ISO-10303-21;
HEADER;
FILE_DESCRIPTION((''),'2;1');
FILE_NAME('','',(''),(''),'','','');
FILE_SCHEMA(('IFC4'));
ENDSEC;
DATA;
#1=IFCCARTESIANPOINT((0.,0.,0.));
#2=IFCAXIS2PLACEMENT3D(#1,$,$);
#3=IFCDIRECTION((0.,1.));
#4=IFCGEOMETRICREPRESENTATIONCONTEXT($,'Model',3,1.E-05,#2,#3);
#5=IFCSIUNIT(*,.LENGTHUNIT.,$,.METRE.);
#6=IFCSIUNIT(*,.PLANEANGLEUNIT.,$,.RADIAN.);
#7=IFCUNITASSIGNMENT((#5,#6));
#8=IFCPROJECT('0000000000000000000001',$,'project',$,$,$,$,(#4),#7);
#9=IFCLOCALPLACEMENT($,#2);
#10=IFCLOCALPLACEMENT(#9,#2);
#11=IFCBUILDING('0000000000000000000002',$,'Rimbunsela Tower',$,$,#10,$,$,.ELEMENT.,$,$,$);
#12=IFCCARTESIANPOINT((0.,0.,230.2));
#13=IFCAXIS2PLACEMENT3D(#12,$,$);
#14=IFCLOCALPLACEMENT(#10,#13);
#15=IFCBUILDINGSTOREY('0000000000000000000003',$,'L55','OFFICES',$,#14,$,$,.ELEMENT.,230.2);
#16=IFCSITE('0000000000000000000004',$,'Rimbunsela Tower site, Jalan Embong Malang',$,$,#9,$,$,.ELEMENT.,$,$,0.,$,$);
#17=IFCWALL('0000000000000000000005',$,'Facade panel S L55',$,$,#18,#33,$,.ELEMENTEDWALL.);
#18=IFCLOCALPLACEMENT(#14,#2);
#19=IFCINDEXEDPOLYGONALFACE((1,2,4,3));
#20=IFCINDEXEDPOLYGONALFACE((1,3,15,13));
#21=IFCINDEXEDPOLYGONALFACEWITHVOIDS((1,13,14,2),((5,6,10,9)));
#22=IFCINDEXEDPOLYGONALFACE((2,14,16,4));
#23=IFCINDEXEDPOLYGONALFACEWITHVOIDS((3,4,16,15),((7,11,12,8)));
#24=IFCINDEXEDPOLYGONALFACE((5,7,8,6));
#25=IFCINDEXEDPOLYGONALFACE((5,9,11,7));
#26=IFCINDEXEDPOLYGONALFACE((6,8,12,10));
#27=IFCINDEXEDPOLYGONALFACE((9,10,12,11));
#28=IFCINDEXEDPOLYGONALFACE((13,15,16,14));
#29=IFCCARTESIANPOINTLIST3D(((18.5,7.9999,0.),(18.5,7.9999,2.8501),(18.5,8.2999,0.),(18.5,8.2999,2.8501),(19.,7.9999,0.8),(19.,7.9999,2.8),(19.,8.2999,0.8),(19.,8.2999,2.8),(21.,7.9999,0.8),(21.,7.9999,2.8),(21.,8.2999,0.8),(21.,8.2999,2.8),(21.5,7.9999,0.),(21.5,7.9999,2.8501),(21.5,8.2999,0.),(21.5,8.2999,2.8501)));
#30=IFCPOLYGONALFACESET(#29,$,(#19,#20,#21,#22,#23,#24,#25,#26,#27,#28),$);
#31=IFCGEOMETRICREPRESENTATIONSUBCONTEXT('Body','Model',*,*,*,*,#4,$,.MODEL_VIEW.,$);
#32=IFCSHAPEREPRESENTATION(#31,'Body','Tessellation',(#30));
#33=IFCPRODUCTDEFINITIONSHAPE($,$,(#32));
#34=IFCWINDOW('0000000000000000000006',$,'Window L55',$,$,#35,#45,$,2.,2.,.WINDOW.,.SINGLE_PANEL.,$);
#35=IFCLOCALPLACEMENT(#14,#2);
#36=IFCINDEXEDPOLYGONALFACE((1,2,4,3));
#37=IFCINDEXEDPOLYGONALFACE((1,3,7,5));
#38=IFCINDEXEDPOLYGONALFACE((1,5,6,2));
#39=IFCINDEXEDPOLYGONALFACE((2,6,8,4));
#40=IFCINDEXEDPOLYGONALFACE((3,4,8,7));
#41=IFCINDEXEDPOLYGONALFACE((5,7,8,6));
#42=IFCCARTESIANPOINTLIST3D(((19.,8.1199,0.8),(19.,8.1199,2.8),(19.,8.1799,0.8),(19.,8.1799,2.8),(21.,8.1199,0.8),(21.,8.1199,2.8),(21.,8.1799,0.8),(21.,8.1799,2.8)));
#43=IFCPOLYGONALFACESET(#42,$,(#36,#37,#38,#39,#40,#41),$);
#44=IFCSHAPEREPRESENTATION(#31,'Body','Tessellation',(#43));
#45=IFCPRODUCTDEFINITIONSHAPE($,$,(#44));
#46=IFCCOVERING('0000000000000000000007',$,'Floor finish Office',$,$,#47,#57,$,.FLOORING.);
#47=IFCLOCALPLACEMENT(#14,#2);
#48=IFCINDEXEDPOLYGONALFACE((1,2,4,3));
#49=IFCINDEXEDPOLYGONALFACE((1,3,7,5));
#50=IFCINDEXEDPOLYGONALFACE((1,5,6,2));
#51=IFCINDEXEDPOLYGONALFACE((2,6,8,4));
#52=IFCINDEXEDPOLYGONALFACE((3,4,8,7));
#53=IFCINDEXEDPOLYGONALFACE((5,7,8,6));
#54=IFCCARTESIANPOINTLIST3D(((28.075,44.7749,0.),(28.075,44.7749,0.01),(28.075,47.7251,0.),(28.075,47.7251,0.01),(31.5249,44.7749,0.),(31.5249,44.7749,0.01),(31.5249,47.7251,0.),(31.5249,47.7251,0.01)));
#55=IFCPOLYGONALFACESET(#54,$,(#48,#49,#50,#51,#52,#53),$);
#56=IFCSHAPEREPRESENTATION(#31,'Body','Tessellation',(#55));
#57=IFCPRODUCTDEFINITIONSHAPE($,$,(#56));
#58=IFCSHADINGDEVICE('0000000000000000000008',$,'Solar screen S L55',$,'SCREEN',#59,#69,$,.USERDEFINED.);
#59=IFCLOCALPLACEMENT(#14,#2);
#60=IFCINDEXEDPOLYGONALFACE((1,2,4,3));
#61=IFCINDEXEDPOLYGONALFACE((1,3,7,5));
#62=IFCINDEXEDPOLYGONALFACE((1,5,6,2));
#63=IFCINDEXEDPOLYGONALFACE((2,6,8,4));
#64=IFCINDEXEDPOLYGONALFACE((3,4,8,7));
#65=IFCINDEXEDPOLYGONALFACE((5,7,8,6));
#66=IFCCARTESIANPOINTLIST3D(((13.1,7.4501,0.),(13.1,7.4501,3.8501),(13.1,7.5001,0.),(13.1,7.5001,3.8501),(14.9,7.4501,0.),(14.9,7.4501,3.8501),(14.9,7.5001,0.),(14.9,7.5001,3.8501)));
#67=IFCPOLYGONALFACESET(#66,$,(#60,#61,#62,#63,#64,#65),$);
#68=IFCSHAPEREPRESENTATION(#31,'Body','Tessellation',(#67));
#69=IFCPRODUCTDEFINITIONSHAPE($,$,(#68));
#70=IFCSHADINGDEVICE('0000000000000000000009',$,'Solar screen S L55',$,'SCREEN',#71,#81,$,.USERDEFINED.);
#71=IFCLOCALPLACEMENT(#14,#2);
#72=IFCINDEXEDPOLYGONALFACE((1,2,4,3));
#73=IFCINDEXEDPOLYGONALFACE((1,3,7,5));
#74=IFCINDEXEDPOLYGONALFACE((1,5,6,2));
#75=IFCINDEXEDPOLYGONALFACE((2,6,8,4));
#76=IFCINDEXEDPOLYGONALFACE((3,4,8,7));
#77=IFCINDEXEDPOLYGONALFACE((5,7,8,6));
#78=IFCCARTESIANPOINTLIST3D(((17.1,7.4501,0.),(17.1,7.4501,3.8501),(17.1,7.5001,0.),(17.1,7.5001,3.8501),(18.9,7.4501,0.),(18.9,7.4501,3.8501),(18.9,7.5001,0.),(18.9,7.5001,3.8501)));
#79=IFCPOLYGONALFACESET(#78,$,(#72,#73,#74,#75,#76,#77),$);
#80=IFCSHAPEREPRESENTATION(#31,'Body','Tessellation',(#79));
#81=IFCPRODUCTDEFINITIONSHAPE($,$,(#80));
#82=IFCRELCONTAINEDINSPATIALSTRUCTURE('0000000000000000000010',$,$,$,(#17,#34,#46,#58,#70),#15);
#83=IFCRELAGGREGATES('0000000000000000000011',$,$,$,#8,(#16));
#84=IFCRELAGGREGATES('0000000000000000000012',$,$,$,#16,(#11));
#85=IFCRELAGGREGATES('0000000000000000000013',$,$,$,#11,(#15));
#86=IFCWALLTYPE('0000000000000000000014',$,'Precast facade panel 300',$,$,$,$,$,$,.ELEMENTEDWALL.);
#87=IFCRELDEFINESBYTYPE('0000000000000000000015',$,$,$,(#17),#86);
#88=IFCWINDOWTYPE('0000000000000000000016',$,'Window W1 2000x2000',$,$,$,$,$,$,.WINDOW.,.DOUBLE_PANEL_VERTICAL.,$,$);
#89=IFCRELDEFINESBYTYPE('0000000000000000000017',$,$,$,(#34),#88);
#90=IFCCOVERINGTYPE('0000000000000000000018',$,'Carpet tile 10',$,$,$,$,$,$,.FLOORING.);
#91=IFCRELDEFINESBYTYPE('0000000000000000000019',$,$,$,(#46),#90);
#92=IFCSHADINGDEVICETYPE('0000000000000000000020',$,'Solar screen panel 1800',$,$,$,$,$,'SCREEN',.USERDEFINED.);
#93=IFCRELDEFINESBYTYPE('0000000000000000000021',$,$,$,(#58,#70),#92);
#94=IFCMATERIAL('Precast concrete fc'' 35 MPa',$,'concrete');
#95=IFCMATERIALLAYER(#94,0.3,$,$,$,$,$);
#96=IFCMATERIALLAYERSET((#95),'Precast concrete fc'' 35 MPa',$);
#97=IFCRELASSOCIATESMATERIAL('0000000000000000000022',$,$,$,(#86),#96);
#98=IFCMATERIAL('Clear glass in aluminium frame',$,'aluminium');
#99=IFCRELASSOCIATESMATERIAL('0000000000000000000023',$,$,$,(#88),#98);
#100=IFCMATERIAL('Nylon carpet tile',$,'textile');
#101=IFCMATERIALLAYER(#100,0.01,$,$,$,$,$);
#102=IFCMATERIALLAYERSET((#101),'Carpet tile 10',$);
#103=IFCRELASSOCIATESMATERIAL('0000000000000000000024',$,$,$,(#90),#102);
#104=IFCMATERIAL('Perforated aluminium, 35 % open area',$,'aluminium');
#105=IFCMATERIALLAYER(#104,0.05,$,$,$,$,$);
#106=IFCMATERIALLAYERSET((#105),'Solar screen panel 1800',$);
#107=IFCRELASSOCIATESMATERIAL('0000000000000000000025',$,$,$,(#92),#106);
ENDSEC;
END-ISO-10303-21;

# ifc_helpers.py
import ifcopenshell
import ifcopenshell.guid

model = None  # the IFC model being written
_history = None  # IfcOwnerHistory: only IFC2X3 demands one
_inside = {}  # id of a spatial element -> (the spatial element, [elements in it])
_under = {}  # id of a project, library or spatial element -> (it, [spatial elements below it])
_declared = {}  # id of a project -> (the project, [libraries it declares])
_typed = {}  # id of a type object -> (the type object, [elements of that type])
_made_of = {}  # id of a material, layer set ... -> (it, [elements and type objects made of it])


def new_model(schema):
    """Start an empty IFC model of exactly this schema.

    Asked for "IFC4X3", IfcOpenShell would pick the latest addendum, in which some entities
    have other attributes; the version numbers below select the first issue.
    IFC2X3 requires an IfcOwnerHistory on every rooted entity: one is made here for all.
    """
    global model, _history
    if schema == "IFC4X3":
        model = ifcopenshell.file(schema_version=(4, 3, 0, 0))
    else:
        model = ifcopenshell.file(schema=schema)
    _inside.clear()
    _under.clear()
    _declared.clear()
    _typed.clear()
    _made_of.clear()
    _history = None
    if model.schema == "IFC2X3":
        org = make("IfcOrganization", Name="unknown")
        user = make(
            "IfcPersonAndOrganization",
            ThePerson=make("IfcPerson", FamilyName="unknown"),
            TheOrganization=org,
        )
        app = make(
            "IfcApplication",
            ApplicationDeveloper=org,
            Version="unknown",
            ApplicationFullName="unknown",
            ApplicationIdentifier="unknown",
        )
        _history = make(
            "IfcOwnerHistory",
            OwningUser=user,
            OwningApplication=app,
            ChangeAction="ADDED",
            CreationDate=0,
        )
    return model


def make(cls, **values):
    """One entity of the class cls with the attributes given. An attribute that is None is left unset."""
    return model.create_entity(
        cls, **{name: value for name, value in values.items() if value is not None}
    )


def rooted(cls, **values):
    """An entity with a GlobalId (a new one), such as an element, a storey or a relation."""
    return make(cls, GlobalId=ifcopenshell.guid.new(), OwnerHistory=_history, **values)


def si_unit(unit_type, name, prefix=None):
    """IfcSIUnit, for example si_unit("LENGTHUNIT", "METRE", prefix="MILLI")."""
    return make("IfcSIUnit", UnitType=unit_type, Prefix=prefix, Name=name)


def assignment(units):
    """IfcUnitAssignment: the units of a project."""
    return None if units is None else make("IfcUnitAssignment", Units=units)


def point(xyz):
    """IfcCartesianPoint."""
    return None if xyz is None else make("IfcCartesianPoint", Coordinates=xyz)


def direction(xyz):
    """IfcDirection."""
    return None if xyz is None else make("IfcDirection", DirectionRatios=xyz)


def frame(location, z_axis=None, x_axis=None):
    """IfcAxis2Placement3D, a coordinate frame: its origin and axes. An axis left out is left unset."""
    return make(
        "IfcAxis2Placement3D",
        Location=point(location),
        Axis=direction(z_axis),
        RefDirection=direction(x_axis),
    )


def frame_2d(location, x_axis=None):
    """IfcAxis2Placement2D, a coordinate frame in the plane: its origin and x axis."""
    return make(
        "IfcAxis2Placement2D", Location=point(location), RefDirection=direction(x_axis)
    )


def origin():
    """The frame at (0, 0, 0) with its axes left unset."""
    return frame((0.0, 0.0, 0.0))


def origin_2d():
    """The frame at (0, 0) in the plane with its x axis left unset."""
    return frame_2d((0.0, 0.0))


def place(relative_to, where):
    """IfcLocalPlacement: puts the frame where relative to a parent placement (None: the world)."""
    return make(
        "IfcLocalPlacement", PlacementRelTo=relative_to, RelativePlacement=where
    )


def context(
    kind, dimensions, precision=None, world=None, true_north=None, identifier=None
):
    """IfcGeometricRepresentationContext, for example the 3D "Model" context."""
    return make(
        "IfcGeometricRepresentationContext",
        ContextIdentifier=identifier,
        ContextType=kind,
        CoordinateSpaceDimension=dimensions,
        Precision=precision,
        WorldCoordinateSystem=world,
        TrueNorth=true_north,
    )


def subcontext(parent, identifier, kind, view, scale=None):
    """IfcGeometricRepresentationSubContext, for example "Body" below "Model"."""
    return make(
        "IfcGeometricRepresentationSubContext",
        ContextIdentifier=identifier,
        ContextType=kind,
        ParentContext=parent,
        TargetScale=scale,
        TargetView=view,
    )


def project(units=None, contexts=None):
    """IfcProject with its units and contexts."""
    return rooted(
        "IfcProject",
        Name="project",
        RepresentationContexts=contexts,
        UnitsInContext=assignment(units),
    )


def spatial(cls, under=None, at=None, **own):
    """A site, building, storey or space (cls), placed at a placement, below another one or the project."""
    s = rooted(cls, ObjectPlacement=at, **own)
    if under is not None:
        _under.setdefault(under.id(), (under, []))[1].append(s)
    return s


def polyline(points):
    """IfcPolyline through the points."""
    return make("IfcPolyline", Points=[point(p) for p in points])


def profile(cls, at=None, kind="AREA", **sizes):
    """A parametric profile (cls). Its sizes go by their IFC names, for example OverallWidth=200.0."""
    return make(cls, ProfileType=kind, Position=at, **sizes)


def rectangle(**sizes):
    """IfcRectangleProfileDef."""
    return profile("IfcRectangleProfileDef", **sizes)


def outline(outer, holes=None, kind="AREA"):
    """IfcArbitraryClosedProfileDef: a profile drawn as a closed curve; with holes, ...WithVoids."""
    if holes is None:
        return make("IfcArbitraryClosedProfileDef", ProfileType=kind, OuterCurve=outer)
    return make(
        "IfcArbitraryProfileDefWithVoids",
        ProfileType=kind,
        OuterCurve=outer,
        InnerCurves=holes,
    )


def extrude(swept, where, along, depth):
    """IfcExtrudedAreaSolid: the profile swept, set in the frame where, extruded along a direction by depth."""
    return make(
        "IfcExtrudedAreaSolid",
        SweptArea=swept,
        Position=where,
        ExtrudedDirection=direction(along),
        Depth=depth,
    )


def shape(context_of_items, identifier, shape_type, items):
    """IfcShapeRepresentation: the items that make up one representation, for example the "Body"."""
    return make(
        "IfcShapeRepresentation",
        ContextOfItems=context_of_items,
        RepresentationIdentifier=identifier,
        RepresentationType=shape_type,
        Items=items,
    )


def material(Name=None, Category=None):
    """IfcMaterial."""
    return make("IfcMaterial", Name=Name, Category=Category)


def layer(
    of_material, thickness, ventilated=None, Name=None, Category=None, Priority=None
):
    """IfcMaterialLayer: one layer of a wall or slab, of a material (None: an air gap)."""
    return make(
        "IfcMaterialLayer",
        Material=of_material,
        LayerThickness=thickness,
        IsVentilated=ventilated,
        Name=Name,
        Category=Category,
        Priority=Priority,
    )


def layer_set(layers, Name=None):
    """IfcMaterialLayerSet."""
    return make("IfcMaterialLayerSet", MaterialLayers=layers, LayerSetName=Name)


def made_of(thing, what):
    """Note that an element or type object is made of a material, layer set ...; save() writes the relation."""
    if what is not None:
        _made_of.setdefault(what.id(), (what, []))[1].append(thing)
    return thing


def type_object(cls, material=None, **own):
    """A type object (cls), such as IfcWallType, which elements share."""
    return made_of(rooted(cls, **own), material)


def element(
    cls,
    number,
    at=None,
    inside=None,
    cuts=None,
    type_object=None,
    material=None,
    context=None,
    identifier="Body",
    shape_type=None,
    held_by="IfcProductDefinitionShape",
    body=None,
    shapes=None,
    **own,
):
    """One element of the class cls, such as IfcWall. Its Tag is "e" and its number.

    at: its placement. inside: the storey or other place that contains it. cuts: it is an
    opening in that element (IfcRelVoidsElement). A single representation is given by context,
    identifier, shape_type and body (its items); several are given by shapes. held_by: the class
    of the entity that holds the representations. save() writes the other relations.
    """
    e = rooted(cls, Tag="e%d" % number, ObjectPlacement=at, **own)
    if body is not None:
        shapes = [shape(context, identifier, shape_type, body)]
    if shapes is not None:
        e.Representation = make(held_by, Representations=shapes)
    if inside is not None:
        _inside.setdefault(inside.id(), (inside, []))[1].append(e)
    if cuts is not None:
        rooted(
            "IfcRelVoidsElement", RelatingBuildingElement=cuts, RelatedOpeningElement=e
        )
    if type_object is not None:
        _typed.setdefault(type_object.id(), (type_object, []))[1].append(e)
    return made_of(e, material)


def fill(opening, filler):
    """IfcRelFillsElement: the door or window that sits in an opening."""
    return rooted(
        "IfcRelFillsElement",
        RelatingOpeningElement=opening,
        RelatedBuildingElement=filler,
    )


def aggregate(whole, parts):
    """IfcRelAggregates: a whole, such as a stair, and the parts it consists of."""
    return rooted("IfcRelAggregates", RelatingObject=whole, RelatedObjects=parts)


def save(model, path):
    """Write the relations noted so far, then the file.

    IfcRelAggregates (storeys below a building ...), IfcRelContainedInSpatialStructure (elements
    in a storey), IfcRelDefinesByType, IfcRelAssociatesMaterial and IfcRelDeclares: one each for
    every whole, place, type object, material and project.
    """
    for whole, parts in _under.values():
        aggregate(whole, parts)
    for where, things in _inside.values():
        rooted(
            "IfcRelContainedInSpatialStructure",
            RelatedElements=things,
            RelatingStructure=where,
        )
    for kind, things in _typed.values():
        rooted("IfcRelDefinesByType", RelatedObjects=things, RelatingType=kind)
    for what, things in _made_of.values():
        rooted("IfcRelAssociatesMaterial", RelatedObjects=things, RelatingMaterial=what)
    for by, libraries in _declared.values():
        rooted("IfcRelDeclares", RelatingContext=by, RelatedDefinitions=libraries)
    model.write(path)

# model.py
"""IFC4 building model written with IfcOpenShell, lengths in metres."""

from ifc_helpers import new_model, si_unit, direction, frame, frame_2d, origin, origin_2d, place, context, subcontext, project, spatial, polyline, rectangle, outline, extrude, material, layer, layer_set, type_object, element, fill, save


model = new_model("IFC4")

# Units and contexts
model_context = context("Model", 3, precision=1e-05, world=origin(), true_north=direction((0.0, 1.0)))
body_context = subcontext(model_context, "Body", "Model", "MODEL_VIEW")
ifc_project = project(units=[si_unit("LENGTHUNIT", "METRE"), si_unit("PLANEANGLEUNIT", "RADIAN")], contexts=[model_context])

# Site, building, storey
site_placement = place(None, origin())
site = spatial("IfcSite", under=ifc_project, at=site_placement, Name="Rimbunsela Tower site, Jalan Embong Malang", CompositionType="ELEMENT", RefElevation=0.0)
building_placement = place(site_placement, origin())
building = spatial("IfcBuilding", under=site, at=building_placement, Name="Rimbunsela Tower", CompositionType="ELEMENT")
storey_placement = place(building_placement, frame((0.0, 0.0, 230.2)))
storey = spatial("IfcBuildingStorey", under=building, at=storey_placement, Name="L55", Description="OFFICES", CompositionType="ELEMENT", Elevation=230.2)

# Shared definitions
ifc_material_1 = material(Name="Precast concrete fc' 35 MPa", Category="concrete")
ifc_layer_1 = layer(ifc_material_1, 0.3)
ifc_layer_set_1 = layer_set([ifc_layer_1], Name="Precast concrete fc' 35 MPa")
wall_type = type_object("IfcWallType", Name="Precast facade panel 300", PredefinedType="ELEMENTEDWALL", material=ifc_layer_set_1)

# Wall, opening, window
ifc_material_2 = material(Name="Clear glass in aluminium frame", Category="aluminium")
window_type = type_object("IfcWindowType", Name="Window W1 2000x2000", PartitioningType="DOUBLE_PANEL_VERTICAL", PredefinedType="WINDOW", material=ifc_material_2)
wall_1_placement = place(storey_placement, frame((18.5, 8.1499, 0.0), z_axis=(0.0, 0.0, 1.0), x_axis=(1.0, 0.0, 0.0)))
wall_1 = element("IfcWall", 1, at=wall_1_placement, inside=storey, type_object=wall_type, Name="Facade panel S L55", PredefinedType="ELEMENTEDWALL", context=body_context, shape_type="SweptSolid", body=[
    extrude(rectangle(XDim=3.0, YDim=0.3, at=frame_2d((1.5, 0.0))), origin(), (0.0, 0.0, 1.0), 2.8501),
])
opening_1_placement = place(wall_1_placement, frame((0.5, 0.0, 0.8)))
opening_1 = element("IfcOpeningElement", 2, at=opening_1_placement, cuts=wall_1, PredefinedType="OPENING", context=body_context, shape_type="SweptSolid", body=[
    extrude(rectangle(XDim=2.0, YDim=2.0, at=frame_2d((1.0, 1.0))), frame((0.0, 0.1599, 0.0), z_axis=(0.0, -1.0, 0.0), x_axis=(1.0, 0.0, 0.0)), (0.0, 0.0, 1.0), 0.3201),
])
window_1_placement = place(opening_1_placement, origin())
window_1 = element("IfcWindow", 3, at=window_1_placement, inside=storey, type_object=window_type, Name="Window L55", OverallHeight=2.0, OverallWidth=2.0, PartitioningType="SINGLE_PANEL", PredefinedType="WINDOW", context=body_context, shape_type="SweptSolid", body=[
    extrude(rectangle(XDim=2.0, YDim=2.0, at=frame_2d((1.0, 1.0))), frame((0.0, 0.03, 0.0), z_axis=(0.0, -1.0, 0.0), x_axis=(1.0, 0.0, 0.0)), (0.0, 0.0, 1.0), 0.0601),
])
fill(opening_1, window_1)

# Covering
ifc_material_3 = material(Name="Nylon carpet tile", Category="textile")
ifc_layer_2 = layer(ifc_material_3, 0.01)
ifc_layer_set_2 = layer_set([ifc_layer_2], Name="Carpet tile 10")
covering_type = type_object("IfcCoveringType", Name="Carpet tile 10", PredefinedType="FLOORING", material=ifc_layer_set_2)
covering_placement = place(storey_placement, origin())
element("IfcCovering", 4, at=covering_placement, inside=storey, type_object=covering_type, Name="Floor finish Office", PredefinedType="FLOORING", context=body_context, shape_type="SweptSolid", body=[
    extrude(outline(polyline([(31.5249, 44.7749), (31.5249, 47.7251), (28.075, 47.7251), (28.075, 44.7749), (31.5249, 44.7749)])), origin(), (0.0, 0.0, 1.0), 0.01),
])

# Shading devices
ifc_material_4 = material(Name="Perforated aluminium, 35 % open area", Category="aluminium")
ifc_layer_3 = layer(ifc_material_4, 0.05)
ifc_layer_set_3 = layer_set([ifc_layer_3], Name="Solar screen panel 1800")
shading_device_type = type_object("IfcShadingDeviceType", Name="Solar screen panel 1800", ElementType="SCREEN", PredefinedType="USERDEFINED", material=ifc_layer_set_3)
for number, where, z_axis, x_axis, name in (
    (5, (14.0, 7.4751, 0.0), (0.0, 0.0, 1.0), (1.0, 0.0, 0.0), "Solar screen S L55"),
    (6, (18.0, 7.4751, 0.0), (0.0, 0.0, 1.0), (1.0, 0.0, 0.0), "Solar screen S L55"),
):
    element("IfcShadingDevice", number, at=place(storey_placement, frame(where, z_axis=z_axis, x_axis=x_axis)), inside=storey, type_object=shading_device_type, Name=name, ObjectType="SCREEN", PredefinedType="USERDEFINED", context=body_context, shape_type="SweptSolid", body=[
        extrude(rectangle(XDim=1.8, YDim=0.05, at=origin_2d()), origin(), (0.0, 0.0, 1.0), 3.8501),
    ])

save(model, "model.ifc")
